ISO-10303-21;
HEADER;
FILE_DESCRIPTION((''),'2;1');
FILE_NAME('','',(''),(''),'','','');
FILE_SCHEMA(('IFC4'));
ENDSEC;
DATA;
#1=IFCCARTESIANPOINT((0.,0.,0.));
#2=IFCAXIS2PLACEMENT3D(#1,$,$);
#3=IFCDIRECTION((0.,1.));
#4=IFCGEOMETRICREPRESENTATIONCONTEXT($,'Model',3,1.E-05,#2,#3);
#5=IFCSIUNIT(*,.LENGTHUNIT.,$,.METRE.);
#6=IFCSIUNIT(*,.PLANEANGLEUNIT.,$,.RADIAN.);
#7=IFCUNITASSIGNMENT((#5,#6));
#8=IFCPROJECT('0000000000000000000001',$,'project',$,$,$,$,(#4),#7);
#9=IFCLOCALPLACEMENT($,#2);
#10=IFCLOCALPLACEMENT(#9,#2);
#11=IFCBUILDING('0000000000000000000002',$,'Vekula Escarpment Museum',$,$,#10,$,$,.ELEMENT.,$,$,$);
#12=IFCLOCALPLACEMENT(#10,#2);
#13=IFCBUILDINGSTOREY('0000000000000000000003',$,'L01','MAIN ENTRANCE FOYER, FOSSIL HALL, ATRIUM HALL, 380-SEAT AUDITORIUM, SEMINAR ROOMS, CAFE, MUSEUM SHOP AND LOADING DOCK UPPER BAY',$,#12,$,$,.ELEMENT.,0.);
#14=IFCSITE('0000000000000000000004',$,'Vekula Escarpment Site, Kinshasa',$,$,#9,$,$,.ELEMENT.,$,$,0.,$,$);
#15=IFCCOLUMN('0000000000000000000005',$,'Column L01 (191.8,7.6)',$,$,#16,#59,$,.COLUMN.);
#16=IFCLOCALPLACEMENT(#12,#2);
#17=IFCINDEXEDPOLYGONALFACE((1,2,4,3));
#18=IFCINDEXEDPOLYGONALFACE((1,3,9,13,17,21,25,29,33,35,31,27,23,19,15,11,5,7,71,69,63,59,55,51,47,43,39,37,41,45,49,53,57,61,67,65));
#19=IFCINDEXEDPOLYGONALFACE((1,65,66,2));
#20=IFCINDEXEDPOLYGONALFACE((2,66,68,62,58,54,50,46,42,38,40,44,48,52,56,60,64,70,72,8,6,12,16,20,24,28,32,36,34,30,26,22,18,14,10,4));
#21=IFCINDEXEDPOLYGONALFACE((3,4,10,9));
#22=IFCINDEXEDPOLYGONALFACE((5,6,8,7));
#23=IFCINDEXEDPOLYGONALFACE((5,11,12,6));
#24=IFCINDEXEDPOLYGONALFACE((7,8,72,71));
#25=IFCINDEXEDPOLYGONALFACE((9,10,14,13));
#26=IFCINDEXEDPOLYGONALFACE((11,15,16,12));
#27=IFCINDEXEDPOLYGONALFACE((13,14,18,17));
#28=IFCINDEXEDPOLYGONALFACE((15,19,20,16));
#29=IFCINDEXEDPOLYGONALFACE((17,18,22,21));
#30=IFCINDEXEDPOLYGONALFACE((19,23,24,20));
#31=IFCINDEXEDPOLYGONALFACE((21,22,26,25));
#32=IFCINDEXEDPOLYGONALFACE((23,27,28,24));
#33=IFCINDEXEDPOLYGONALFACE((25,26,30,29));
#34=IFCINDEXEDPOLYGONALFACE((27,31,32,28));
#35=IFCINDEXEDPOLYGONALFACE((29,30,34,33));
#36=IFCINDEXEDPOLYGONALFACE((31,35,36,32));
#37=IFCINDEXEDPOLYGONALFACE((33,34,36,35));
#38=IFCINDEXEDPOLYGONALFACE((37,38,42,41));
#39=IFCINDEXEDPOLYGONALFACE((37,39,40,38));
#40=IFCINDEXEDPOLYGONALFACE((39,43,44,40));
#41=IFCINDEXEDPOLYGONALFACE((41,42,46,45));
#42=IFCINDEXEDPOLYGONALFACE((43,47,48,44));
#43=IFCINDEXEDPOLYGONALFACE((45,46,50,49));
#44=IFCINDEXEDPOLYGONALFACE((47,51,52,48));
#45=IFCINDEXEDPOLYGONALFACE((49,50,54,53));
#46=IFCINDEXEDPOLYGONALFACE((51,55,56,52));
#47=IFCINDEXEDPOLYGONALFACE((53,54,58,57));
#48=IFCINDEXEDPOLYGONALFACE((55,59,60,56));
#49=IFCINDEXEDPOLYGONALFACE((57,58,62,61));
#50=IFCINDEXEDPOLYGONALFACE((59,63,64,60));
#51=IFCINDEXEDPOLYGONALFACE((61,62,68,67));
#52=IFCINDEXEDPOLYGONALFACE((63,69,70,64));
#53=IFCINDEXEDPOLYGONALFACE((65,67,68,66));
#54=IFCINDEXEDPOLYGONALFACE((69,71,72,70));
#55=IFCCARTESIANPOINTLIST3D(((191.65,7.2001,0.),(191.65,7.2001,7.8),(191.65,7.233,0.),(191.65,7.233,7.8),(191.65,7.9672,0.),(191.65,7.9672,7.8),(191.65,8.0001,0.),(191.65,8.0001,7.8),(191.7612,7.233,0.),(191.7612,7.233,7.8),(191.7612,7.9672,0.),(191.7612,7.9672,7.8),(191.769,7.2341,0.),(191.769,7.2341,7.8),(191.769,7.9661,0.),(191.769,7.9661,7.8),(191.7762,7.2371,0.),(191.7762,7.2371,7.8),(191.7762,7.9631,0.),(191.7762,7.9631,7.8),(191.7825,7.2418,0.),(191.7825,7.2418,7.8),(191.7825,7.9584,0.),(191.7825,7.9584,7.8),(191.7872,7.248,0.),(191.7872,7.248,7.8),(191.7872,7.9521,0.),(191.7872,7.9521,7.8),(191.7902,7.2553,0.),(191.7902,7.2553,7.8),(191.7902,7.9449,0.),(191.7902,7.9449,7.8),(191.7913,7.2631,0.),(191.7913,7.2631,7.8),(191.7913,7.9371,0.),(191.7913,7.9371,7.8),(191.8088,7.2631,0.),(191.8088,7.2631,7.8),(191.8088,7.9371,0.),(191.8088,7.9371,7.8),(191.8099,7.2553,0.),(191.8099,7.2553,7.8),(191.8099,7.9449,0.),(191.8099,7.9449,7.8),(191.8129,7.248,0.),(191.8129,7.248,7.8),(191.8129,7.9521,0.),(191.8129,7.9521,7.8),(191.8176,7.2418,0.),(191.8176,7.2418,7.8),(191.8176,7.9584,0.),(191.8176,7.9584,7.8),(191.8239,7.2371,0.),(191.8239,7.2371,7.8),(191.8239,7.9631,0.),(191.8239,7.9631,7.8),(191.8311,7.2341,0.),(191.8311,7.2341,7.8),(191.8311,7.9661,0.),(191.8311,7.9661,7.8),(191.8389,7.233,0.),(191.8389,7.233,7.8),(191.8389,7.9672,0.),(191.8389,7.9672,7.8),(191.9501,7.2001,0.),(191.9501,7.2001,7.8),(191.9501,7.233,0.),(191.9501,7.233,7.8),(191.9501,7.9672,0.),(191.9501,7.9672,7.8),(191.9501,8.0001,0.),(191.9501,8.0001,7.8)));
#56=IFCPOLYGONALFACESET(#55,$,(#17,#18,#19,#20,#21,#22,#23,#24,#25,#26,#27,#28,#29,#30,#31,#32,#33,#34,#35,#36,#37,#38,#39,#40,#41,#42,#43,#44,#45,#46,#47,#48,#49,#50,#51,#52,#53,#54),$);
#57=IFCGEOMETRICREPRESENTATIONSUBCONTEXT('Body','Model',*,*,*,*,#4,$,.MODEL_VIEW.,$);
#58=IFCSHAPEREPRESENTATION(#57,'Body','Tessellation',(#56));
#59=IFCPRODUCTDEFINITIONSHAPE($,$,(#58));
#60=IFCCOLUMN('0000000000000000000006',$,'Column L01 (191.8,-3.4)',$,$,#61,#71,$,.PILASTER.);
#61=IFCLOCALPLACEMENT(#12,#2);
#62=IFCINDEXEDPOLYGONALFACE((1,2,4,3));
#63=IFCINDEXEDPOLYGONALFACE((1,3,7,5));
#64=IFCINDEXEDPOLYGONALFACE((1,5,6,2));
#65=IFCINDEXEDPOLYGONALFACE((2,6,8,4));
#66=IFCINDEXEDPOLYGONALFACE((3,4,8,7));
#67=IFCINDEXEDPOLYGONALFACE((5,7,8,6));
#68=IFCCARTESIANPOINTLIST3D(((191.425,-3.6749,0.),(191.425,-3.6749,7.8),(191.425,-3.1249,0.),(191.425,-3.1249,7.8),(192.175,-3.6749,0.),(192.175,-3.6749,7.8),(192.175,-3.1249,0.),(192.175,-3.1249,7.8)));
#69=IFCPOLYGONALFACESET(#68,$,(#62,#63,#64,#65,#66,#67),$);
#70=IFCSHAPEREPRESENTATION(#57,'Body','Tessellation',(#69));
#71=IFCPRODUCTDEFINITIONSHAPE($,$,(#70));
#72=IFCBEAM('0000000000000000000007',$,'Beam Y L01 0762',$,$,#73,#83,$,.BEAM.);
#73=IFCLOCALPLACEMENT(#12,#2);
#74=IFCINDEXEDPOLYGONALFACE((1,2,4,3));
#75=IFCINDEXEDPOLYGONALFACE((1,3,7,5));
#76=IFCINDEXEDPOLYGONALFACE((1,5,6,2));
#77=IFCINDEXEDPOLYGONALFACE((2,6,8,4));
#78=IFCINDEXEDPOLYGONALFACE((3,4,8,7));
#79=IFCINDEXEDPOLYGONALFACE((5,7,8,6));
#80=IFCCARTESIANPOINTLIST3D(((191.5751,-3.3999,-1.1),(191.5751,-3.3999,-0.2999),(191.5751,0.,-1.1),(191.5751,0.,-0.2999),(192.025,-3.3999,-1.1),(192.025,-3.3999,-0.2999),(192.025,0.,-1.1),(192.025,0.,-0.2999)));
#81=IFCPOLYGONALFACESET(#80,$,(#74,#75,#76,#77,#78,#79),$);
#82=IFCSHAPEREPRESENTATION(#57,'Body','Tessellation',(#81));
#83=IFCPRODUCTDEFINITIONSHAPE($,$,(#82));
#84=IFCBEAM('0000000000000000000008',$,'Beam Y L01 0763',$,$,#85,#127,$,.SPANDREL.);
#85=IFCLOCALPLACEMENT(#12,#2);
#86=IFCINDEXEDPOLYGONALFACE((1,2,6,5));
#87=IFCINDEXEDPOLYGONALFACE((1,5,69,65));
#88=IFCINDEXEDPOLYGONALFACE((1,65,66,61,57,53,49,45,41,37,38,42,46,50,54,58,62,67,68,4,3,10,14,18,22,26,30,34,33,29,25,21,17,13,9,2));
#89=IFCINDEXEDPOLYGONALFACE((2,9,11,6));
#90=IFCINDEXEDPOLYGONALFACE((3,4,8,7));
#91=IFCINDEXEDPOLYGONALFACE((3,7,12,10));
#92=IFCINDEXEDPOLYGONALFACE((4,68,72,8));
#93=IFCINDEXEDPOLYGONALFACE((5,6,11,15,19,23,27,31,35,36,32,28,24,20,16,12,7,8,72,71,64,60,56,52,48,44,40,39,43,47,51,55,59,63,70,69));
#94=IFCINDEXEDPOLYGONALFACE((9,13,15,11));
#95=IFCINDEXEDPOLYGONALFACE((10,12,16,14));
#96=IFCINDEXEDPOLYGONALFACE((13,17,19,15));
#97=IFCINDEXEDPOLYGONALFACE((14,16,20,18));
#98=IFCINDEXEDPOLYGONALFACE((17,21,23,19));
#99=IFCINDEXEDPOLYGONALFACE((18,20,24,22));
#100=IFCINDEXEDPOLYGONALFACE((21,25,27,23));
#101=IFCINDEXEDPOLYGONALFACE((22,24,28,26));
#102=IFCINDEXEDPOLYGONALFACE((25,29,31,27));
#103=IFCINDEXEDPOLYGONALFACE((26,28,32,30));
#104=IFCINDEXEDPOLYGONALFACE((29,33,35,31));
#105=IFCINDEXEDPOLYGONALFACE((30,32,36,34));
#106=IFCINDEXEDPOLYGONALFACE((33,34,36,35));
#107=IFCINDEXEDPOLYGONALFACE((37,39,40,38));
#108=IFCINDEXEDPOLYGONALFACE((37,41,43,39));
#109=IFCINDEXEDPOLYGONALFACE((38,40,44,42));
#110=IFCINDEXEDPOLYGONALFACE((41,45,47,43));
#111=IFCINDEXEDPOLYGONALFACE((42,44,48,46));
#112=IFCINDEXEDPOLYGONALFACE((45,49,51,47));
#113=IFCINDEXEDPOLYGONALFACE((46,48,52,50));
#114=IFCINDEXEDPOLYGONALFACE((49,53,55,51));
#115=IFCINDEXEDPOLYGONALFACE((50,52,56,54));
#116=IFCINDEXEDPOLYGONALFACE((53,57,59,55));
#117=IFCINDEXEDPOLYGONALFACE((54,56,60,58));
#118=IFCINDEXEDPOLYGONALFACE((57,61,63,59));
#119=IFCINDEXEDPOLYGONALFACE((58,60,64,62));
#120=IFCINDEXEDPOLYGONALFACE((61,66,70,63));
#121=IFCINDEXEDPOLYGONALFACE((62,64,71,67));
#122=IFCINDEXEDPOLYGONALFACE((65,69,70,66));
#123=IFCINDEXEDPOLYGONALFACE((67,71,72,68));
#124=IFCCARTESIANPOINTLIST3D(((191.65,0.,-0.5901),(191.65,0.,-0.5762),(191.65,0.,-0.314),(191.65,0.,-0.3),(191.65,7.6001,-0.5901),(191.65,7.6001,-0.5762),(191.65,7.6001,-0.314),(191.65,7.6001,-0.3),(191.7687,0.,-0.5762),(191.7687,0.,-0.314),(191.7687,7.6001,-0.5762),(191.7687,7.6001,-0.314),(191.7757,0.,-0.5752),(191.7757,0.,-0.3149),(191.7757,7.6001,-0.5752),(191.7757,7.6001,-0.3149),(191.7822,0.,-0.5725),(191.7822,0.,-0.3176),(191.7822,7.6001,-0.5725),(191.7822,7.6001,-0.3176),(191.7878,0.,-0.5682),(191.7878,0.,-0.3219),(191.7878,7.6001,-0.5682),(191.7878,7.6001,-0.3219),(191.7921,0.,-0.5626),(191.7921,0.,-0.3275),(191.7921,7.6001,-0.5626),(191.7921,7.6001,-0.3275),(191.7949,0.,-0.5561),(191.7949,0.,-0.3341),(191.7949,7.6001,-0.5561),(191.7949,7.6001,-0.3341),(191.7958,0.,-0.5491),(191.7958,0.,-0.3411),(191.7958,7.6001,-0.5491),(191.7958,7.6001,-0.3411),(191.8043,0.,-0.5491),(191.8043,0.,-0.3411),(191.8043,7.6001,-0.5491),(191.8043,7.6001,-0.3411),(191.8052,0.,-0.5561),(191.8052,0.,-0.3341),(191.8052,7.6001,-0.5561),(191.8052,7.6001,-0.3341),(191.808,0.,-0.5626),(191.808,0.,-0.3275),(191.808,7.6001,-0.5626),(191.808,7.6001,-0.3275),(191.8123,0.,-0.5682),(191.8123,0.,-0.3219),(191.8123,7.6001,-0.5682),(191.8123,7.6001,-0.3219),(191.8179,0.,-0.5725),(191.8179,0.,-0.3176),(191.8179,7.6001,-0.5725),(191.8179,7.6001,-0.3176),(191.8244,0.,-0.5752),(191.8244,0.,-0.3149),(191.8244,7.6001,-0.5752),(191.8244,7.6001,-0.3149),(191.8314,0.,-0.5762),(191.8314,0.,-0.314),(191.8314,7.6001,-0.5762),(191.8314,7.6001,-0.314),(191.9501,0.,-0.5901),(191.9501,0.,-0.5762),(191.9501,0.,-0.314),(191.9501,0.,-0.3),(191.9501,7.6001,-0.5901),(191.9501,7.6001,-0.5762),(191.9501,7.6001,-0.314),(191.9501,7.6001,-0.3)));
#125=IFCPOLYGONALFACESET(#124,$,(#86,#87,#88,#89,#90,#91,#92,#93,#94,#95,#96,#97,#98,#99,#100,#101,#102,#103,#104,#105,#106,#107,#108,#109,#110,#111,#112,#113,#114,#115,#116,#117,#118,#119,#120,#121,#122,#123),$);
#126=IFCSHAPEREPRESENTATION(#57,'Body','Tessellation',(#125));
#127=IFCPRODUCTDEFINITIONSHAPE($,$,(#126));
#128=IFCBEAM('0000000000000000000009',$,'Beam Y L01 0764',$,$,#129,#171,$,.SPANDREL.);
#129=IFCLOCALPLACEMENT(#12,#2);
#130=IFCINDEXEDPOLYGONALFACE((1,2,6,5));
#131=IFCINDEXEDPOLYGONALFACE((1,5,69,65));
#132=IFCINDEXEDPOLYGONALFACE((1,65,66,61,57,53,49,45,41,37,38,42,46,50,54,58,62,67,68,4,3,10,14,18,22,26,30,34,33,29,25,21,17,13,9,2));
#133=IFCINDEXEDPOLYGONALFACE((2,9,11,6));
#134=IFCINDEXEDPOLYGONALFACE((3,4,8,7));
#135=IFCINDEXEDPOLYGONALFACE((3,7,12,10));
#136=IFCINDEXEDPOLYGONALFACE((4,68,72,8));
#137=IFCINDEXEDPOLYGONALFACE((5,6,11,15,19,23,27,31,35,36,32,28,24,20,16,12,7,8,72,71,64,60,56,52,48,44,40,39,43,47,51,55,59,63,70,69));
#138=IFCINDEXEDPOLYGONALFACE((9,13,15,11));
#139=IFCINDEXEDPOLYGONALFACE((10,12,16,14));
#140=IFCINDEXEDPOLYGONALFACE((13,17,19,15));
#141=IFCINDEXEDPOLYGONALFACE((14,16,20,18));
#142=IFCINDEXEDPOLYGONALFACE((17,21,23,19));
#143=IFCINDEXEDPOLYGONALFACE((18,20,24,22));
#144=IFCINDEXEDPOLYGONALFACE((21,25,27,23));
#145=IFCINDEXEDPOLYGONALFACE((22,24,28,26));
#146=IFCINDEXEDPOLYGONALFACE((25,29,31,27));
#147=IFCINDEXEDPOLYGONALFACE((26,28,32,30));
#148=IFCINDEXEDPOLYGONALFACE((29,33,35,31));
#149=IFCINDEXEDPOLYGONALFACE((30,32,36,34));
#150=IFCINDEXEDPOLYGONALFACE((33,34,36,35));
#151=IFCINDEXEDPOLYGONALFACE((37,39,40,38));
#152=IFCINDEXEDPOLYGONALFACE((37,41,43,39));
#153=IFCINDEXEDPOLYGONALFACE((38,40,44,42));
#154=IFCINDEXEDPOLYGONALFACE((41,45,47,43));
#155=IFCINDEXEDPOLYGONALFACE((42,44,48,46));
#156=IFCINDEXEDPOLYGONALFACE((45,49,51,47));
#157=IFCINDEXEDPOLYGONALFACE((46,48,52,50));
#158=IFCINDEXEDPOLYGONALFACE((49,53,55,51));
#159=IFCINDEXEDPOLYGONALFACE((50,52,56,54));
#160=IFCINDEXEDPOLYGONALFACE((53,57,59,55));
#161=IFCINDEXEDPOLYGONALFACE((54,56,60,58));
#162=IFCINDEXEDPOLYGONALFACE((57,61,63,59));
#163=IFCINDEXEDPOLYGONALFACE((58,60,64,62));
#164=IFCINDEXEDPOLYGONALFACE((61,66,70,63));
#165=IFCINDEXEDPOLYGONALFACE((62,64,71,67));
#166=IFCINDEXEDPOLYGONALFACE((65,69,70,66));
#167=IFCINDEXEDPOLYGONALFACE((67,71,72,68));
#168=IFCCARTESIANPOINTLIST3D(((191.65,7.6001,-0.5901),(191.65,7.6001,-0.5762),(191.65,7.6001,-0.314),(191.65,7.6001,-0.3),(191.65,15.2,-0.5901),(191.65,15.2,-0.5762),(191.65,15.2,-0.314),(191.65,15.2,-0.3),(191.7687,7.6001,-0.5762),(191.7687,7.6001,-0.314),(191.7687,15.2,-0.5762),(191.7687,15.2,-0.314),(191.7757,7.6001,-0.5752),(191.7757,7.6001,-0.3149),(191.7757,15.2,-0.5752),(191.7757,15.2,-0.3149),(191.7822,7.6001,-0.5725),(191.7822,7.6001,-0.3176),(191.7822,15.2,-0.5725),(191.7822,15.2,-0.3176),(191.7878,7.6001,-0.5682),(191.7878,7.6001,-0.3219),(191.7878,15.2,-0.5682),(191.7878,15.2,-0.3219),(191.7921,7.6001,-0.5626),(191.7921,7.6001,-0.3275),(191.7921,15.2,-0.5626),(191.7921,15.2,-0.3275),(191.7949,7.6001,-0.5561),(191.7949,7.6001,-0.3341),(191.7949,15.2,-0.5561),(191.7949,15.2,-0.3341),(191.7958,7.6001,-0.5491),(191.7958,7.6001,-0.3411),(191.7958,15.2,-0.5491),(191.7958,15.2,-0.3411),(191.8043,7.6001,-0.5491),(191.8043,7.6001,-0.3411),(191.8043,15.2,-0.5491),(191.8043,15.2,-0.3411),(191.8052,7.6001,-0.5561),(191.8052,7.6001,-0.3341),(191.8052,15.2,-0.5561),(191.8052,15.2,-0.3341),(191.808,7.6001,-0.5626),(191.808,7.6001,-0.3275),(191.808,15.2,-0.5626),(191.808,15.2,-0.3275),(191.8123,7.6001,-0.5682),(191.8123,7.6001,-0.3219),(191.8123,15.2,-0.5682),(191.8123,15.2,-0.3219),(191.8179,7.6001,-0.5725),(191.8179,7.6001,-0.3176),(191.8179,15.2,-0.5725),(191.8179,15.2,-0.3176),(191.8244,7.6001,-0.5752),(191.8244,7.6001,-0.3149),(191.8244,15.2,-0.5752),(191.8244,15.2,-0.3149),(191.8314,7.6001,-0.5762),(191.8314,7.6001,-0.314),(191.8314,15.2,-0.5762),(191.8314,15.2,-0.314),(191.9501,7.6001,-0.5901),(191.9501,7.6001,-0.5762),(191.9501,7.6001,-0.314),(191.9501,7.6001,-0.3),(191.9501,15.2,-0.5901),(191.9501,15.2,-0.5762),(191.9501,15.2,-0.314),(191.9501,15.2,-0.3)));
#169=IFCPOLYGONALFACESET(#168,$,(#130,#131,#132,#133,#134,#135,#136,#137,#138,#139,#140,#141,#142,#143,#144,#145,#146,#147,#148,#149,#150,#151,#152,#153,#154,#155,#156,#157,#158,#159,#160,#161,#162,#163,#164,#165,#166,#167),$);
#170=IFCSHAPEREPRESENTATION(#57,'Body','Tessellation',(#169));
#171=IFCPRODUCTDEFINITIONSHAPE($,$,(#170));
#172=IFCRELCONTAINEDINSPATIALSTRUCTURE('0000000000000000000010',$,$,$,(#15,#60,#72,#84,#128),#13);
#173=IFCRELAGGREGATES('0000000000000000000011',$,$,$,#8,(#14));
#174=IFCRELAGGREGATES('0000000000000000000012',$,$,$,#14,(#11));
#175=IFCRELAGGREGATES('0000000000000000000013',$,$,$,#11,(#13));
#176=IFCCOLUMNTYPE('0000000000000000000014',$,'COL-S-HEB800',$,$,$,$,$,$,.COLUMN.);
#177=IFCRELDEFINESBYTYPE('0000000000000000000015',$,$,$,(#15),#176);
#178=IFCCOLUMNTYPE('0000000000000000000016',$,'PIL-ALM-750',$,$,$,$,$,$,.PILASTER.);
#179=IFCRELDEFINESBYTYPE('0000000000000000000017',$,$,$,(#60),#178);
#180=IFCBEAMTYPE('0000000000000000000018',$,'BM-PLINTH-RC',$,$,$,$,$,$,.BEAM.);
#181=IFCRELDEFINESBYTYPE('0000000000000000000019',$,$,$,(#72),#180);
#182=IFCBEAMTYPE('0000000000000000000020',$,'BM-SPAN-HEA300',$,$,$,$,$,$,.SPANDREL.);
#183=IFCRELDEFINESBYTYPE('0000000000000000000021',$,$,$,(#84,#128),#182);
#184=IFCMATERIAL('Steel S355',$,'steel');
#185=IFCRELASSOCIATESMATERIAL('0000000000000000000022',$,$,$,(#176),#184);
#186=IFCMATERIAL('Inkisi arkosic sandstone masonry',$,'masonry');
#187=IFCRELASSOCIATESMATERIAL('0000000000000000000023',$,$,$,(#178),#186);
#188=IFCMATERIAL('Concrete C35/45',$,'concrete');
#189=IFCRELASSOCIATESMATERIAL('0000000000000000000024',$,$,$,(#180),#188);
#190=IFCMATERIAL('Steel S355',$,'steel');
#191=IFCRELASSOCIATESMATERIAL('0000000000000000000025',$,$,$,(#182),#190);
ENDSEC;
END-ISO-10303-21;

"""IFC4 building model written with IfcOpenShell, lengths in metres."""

from ifc_helpers import new_model, si_unit, direction, frame, origin, origin_2d, place, context, subcontext, project, spatial, rectangle, i_section, extrude, material, material_profile, profile_set, type_object, element, save


model = new_model("IFC4")

# Units and contexts
model_context = context("Model", 3, precision=1e-05, world=origin(), true_north=direction((0.0, 1.0)))
body_context = subcontext(model_context, "Body", "Model", "MODEL_VIEW")
ifc_project = project(units=[si_unit("LENGTHUNIT", "METRE"), si_unit("PLANEANGLEUNIT", "RADIAN")], contexts=[model_context])

# Site, building, storey
site_placement = place(None, origin())
site = spatial("IfcSite", under=ifc_project, at=site_placement, Name="Vekula Escarpment Site, Kinshasa", CompositionType="ELEMENT", RefElevation=0.0)
building_placement = place(site_placement, origin())
building = spatial("IfcBuilding", under=site, at=building_placement, Name="Vekula Escarpment Museum", CompositionType="ELEMENT")
storey_placement = place(building_placement, origin())
storey = spatial("IfcBuildingStorey", under=building, at=storey_placement, Name="L01", Description="MAIN ENTRANCE FOYER, FOSSIL HALL, ATRIUM HALL, 380-SEAT AUDITORIUM, SEMINAR ROOMS, CAFE, MUSEUM SHOP AND LOADING DOCK UPPER BAY", CompositionType="ELEMENT", Elevation=0.0)

# Columns
ifc_material_1 = material(Name="Steel S355", Category="steel")
ifc_material_profile_1 = material_profile(ifc_material_1, i_section(OverallWidth=0.3, OverallDepth=0.8, WebThickness=0.0176, FlangeThickness=0.033, FilletRadius=0.03, at=origin_2d()), Name="HEB 800")
ifc_profile_set_1 = profile_set([ifc_material_profile_1], Name="Steel S355")
column_type_1 = type_object("IfcColumnType", Name="COL-S-HEB800", PredefinedType="COLUMN", material=ifc_profile_set_1)
column_1_placement = place(storey_placement, frame((191.8, 7.6001, 0.0), z_axis=(0.0, 0.0, 1.0), x_axis=(1.0, 0.0, 0.0)))
element("IfcColumn", 1, at=column_1_placement, inside=storey, type_object=column_type_1, Name="Column L01 (191.8,7.6)", PredefinedType="COLUMN", context=body_context, shape_type="SweptSolid", body=[
    extrude(i_section(OverallWidth=0.3, OverallDepth=0.8, WebThickness=0.0176, FlangeThickness=0.033, FilletRadius=0.03, at=origin_2d()), origin(), (0.0, 0.0, 1.0), 7.8),
])
ifc_material_2 = material(Name="Inkisi arkosic sandstone masonry", Category="masonry")
ifc_material_profile_2 = material_profile(ifc_material_2, rectangle(XDim=0.75, YDim=0.55, at=origin_2d()), Name="PIER 750x550")
ifc_profile_set_2 = profile_set([ifc_material_profile_2], Name="Inkisi arkosic sandstone masonry")
column_type_2 = type_object("IfcColumnType", Name="PIL-ALM-750", PredefinedType="PILASTER", material=ifc_profile_set_2)
column_2_placement = place(storey_placement, frame((191.8, -3.3999, 0.0), z_axis=(0.0, 0.0, 1.0), x_axis=(1.0, 0.0, 0.0)))
element("IfcColumn", 2, at=column_2_placement, inside=storey, type_object=column_type_2, Name="Column L01 (191.8,-3.4)", PredefinedType="PILASTER", context=body_context, shape_type="SweptSolid", body=[
    extrude(rectangle(XDim=0.75, YDim=0.55, at=origin_2d()), origin(), (0.0, 0.0, 1.0), 7.8),
])

# Beams
ifc_material_3 = material(Name="Concrete C35/45", Category="concrete")
ifc_material_profile_3 = material_profile(ifc_material_3, rectangle(XDim=0.45, YDim=0.8, at=origin_2d()), Name="RC 450x800")
ifc_profile_set_3 = profile_set([ifc_material_profile_3], Name="Concrete C35/45")
beam_type_1 = type_object("IfcBeamType", Name="BM-PLINTH-RC", PredefinedType="BEAM", material=ifc_profile_set_3)
beam_1_placement = place(storey_placement, frame((191.8, -3.3999, -0.7), z_axis=(0.0, 1.0, 0.0), x_axis=(-1.0, 0.0, 0.0)))
element("IfcBeam", 3, at=beam_1_placement, inside=storey, type_object=beam_type_1, Name="Beam Y L01 0762", PredefinedType="BEAM", context=body_context, shape_type="SweptSolid", body=[
    extrude(rectangle(XDim=0.45, YDim=0.8, at=origin_2d()), origin(), (0.0, 0.0, 1.0), 3.3999),
])
ifc_material_4 = material(Name="Steel S355", Category="steel")
ifc_material_profile_4 = material_profile(ifc_material_4, i_section(OverallWidth=0.3, OverallDepth=0.29, WebThickness=0.0085, FlangeThickness=0.0139, FilletRadius=0.0271, at=origin_2d()), Name="HEA 300")
ifc_profile_set_4 = profile_set([ifc_material_profile_4], Name="Steel S355")
beam_type_2 = type_object("IfcBeamType", Name="BM-SPAN-HEA300", PredefinedType="SPANDREL", material=ifc_profile_set_4)
beam_2_placement = place(storey_placement, frame((191.8, 0.0, -0.4451), z_axis=(0.0, 1.0, 0.0), x_axis=(-1.0, 0.0, 0.0)))
element("IfcBeam", 4, at=beam_2_placement, inside=storey, type_object=beam_type_2, Name="Beam Y L01 0763", PredefinedType="SPANDREL", context=body_context, shape_type="SweptSolid", body=[
    extrude(i_section(OverallWidth=0.3, OverallDepth=0.29, WebThickness=0.0085, FlangeThickness=0.0139, FilletRadius=0.0271, at=origin_2d()), origin(), (0.0, 0.0, 1.0), 7.6001),
])
beam_3_placement = place(storey_placement, frame((191.8, 7.6001, -0.4451), z_axis=(0.0, 1.0, 0.0), x_axis=(-1.0, 0.0, 0.0)))
element("IfcBeam", 5, at=beam_3_placement, inside=storey, type_object=beam_type_2, Name="Beam Y L01 0764", PredefinedType="SPANDREL", context=body_context, shape_type="SweptSolid", body=[
    extrude(i_section(OverallWidth=0.3, OverallDepth=0.29, WebThickness=0.0085, FlangeThickness=0.0139, FilletRadius=0.0271, at=origin_2d()), origin(), (0.0, 0.0, 1.0), 7.5999),
])

save(model, "model.ifc")
